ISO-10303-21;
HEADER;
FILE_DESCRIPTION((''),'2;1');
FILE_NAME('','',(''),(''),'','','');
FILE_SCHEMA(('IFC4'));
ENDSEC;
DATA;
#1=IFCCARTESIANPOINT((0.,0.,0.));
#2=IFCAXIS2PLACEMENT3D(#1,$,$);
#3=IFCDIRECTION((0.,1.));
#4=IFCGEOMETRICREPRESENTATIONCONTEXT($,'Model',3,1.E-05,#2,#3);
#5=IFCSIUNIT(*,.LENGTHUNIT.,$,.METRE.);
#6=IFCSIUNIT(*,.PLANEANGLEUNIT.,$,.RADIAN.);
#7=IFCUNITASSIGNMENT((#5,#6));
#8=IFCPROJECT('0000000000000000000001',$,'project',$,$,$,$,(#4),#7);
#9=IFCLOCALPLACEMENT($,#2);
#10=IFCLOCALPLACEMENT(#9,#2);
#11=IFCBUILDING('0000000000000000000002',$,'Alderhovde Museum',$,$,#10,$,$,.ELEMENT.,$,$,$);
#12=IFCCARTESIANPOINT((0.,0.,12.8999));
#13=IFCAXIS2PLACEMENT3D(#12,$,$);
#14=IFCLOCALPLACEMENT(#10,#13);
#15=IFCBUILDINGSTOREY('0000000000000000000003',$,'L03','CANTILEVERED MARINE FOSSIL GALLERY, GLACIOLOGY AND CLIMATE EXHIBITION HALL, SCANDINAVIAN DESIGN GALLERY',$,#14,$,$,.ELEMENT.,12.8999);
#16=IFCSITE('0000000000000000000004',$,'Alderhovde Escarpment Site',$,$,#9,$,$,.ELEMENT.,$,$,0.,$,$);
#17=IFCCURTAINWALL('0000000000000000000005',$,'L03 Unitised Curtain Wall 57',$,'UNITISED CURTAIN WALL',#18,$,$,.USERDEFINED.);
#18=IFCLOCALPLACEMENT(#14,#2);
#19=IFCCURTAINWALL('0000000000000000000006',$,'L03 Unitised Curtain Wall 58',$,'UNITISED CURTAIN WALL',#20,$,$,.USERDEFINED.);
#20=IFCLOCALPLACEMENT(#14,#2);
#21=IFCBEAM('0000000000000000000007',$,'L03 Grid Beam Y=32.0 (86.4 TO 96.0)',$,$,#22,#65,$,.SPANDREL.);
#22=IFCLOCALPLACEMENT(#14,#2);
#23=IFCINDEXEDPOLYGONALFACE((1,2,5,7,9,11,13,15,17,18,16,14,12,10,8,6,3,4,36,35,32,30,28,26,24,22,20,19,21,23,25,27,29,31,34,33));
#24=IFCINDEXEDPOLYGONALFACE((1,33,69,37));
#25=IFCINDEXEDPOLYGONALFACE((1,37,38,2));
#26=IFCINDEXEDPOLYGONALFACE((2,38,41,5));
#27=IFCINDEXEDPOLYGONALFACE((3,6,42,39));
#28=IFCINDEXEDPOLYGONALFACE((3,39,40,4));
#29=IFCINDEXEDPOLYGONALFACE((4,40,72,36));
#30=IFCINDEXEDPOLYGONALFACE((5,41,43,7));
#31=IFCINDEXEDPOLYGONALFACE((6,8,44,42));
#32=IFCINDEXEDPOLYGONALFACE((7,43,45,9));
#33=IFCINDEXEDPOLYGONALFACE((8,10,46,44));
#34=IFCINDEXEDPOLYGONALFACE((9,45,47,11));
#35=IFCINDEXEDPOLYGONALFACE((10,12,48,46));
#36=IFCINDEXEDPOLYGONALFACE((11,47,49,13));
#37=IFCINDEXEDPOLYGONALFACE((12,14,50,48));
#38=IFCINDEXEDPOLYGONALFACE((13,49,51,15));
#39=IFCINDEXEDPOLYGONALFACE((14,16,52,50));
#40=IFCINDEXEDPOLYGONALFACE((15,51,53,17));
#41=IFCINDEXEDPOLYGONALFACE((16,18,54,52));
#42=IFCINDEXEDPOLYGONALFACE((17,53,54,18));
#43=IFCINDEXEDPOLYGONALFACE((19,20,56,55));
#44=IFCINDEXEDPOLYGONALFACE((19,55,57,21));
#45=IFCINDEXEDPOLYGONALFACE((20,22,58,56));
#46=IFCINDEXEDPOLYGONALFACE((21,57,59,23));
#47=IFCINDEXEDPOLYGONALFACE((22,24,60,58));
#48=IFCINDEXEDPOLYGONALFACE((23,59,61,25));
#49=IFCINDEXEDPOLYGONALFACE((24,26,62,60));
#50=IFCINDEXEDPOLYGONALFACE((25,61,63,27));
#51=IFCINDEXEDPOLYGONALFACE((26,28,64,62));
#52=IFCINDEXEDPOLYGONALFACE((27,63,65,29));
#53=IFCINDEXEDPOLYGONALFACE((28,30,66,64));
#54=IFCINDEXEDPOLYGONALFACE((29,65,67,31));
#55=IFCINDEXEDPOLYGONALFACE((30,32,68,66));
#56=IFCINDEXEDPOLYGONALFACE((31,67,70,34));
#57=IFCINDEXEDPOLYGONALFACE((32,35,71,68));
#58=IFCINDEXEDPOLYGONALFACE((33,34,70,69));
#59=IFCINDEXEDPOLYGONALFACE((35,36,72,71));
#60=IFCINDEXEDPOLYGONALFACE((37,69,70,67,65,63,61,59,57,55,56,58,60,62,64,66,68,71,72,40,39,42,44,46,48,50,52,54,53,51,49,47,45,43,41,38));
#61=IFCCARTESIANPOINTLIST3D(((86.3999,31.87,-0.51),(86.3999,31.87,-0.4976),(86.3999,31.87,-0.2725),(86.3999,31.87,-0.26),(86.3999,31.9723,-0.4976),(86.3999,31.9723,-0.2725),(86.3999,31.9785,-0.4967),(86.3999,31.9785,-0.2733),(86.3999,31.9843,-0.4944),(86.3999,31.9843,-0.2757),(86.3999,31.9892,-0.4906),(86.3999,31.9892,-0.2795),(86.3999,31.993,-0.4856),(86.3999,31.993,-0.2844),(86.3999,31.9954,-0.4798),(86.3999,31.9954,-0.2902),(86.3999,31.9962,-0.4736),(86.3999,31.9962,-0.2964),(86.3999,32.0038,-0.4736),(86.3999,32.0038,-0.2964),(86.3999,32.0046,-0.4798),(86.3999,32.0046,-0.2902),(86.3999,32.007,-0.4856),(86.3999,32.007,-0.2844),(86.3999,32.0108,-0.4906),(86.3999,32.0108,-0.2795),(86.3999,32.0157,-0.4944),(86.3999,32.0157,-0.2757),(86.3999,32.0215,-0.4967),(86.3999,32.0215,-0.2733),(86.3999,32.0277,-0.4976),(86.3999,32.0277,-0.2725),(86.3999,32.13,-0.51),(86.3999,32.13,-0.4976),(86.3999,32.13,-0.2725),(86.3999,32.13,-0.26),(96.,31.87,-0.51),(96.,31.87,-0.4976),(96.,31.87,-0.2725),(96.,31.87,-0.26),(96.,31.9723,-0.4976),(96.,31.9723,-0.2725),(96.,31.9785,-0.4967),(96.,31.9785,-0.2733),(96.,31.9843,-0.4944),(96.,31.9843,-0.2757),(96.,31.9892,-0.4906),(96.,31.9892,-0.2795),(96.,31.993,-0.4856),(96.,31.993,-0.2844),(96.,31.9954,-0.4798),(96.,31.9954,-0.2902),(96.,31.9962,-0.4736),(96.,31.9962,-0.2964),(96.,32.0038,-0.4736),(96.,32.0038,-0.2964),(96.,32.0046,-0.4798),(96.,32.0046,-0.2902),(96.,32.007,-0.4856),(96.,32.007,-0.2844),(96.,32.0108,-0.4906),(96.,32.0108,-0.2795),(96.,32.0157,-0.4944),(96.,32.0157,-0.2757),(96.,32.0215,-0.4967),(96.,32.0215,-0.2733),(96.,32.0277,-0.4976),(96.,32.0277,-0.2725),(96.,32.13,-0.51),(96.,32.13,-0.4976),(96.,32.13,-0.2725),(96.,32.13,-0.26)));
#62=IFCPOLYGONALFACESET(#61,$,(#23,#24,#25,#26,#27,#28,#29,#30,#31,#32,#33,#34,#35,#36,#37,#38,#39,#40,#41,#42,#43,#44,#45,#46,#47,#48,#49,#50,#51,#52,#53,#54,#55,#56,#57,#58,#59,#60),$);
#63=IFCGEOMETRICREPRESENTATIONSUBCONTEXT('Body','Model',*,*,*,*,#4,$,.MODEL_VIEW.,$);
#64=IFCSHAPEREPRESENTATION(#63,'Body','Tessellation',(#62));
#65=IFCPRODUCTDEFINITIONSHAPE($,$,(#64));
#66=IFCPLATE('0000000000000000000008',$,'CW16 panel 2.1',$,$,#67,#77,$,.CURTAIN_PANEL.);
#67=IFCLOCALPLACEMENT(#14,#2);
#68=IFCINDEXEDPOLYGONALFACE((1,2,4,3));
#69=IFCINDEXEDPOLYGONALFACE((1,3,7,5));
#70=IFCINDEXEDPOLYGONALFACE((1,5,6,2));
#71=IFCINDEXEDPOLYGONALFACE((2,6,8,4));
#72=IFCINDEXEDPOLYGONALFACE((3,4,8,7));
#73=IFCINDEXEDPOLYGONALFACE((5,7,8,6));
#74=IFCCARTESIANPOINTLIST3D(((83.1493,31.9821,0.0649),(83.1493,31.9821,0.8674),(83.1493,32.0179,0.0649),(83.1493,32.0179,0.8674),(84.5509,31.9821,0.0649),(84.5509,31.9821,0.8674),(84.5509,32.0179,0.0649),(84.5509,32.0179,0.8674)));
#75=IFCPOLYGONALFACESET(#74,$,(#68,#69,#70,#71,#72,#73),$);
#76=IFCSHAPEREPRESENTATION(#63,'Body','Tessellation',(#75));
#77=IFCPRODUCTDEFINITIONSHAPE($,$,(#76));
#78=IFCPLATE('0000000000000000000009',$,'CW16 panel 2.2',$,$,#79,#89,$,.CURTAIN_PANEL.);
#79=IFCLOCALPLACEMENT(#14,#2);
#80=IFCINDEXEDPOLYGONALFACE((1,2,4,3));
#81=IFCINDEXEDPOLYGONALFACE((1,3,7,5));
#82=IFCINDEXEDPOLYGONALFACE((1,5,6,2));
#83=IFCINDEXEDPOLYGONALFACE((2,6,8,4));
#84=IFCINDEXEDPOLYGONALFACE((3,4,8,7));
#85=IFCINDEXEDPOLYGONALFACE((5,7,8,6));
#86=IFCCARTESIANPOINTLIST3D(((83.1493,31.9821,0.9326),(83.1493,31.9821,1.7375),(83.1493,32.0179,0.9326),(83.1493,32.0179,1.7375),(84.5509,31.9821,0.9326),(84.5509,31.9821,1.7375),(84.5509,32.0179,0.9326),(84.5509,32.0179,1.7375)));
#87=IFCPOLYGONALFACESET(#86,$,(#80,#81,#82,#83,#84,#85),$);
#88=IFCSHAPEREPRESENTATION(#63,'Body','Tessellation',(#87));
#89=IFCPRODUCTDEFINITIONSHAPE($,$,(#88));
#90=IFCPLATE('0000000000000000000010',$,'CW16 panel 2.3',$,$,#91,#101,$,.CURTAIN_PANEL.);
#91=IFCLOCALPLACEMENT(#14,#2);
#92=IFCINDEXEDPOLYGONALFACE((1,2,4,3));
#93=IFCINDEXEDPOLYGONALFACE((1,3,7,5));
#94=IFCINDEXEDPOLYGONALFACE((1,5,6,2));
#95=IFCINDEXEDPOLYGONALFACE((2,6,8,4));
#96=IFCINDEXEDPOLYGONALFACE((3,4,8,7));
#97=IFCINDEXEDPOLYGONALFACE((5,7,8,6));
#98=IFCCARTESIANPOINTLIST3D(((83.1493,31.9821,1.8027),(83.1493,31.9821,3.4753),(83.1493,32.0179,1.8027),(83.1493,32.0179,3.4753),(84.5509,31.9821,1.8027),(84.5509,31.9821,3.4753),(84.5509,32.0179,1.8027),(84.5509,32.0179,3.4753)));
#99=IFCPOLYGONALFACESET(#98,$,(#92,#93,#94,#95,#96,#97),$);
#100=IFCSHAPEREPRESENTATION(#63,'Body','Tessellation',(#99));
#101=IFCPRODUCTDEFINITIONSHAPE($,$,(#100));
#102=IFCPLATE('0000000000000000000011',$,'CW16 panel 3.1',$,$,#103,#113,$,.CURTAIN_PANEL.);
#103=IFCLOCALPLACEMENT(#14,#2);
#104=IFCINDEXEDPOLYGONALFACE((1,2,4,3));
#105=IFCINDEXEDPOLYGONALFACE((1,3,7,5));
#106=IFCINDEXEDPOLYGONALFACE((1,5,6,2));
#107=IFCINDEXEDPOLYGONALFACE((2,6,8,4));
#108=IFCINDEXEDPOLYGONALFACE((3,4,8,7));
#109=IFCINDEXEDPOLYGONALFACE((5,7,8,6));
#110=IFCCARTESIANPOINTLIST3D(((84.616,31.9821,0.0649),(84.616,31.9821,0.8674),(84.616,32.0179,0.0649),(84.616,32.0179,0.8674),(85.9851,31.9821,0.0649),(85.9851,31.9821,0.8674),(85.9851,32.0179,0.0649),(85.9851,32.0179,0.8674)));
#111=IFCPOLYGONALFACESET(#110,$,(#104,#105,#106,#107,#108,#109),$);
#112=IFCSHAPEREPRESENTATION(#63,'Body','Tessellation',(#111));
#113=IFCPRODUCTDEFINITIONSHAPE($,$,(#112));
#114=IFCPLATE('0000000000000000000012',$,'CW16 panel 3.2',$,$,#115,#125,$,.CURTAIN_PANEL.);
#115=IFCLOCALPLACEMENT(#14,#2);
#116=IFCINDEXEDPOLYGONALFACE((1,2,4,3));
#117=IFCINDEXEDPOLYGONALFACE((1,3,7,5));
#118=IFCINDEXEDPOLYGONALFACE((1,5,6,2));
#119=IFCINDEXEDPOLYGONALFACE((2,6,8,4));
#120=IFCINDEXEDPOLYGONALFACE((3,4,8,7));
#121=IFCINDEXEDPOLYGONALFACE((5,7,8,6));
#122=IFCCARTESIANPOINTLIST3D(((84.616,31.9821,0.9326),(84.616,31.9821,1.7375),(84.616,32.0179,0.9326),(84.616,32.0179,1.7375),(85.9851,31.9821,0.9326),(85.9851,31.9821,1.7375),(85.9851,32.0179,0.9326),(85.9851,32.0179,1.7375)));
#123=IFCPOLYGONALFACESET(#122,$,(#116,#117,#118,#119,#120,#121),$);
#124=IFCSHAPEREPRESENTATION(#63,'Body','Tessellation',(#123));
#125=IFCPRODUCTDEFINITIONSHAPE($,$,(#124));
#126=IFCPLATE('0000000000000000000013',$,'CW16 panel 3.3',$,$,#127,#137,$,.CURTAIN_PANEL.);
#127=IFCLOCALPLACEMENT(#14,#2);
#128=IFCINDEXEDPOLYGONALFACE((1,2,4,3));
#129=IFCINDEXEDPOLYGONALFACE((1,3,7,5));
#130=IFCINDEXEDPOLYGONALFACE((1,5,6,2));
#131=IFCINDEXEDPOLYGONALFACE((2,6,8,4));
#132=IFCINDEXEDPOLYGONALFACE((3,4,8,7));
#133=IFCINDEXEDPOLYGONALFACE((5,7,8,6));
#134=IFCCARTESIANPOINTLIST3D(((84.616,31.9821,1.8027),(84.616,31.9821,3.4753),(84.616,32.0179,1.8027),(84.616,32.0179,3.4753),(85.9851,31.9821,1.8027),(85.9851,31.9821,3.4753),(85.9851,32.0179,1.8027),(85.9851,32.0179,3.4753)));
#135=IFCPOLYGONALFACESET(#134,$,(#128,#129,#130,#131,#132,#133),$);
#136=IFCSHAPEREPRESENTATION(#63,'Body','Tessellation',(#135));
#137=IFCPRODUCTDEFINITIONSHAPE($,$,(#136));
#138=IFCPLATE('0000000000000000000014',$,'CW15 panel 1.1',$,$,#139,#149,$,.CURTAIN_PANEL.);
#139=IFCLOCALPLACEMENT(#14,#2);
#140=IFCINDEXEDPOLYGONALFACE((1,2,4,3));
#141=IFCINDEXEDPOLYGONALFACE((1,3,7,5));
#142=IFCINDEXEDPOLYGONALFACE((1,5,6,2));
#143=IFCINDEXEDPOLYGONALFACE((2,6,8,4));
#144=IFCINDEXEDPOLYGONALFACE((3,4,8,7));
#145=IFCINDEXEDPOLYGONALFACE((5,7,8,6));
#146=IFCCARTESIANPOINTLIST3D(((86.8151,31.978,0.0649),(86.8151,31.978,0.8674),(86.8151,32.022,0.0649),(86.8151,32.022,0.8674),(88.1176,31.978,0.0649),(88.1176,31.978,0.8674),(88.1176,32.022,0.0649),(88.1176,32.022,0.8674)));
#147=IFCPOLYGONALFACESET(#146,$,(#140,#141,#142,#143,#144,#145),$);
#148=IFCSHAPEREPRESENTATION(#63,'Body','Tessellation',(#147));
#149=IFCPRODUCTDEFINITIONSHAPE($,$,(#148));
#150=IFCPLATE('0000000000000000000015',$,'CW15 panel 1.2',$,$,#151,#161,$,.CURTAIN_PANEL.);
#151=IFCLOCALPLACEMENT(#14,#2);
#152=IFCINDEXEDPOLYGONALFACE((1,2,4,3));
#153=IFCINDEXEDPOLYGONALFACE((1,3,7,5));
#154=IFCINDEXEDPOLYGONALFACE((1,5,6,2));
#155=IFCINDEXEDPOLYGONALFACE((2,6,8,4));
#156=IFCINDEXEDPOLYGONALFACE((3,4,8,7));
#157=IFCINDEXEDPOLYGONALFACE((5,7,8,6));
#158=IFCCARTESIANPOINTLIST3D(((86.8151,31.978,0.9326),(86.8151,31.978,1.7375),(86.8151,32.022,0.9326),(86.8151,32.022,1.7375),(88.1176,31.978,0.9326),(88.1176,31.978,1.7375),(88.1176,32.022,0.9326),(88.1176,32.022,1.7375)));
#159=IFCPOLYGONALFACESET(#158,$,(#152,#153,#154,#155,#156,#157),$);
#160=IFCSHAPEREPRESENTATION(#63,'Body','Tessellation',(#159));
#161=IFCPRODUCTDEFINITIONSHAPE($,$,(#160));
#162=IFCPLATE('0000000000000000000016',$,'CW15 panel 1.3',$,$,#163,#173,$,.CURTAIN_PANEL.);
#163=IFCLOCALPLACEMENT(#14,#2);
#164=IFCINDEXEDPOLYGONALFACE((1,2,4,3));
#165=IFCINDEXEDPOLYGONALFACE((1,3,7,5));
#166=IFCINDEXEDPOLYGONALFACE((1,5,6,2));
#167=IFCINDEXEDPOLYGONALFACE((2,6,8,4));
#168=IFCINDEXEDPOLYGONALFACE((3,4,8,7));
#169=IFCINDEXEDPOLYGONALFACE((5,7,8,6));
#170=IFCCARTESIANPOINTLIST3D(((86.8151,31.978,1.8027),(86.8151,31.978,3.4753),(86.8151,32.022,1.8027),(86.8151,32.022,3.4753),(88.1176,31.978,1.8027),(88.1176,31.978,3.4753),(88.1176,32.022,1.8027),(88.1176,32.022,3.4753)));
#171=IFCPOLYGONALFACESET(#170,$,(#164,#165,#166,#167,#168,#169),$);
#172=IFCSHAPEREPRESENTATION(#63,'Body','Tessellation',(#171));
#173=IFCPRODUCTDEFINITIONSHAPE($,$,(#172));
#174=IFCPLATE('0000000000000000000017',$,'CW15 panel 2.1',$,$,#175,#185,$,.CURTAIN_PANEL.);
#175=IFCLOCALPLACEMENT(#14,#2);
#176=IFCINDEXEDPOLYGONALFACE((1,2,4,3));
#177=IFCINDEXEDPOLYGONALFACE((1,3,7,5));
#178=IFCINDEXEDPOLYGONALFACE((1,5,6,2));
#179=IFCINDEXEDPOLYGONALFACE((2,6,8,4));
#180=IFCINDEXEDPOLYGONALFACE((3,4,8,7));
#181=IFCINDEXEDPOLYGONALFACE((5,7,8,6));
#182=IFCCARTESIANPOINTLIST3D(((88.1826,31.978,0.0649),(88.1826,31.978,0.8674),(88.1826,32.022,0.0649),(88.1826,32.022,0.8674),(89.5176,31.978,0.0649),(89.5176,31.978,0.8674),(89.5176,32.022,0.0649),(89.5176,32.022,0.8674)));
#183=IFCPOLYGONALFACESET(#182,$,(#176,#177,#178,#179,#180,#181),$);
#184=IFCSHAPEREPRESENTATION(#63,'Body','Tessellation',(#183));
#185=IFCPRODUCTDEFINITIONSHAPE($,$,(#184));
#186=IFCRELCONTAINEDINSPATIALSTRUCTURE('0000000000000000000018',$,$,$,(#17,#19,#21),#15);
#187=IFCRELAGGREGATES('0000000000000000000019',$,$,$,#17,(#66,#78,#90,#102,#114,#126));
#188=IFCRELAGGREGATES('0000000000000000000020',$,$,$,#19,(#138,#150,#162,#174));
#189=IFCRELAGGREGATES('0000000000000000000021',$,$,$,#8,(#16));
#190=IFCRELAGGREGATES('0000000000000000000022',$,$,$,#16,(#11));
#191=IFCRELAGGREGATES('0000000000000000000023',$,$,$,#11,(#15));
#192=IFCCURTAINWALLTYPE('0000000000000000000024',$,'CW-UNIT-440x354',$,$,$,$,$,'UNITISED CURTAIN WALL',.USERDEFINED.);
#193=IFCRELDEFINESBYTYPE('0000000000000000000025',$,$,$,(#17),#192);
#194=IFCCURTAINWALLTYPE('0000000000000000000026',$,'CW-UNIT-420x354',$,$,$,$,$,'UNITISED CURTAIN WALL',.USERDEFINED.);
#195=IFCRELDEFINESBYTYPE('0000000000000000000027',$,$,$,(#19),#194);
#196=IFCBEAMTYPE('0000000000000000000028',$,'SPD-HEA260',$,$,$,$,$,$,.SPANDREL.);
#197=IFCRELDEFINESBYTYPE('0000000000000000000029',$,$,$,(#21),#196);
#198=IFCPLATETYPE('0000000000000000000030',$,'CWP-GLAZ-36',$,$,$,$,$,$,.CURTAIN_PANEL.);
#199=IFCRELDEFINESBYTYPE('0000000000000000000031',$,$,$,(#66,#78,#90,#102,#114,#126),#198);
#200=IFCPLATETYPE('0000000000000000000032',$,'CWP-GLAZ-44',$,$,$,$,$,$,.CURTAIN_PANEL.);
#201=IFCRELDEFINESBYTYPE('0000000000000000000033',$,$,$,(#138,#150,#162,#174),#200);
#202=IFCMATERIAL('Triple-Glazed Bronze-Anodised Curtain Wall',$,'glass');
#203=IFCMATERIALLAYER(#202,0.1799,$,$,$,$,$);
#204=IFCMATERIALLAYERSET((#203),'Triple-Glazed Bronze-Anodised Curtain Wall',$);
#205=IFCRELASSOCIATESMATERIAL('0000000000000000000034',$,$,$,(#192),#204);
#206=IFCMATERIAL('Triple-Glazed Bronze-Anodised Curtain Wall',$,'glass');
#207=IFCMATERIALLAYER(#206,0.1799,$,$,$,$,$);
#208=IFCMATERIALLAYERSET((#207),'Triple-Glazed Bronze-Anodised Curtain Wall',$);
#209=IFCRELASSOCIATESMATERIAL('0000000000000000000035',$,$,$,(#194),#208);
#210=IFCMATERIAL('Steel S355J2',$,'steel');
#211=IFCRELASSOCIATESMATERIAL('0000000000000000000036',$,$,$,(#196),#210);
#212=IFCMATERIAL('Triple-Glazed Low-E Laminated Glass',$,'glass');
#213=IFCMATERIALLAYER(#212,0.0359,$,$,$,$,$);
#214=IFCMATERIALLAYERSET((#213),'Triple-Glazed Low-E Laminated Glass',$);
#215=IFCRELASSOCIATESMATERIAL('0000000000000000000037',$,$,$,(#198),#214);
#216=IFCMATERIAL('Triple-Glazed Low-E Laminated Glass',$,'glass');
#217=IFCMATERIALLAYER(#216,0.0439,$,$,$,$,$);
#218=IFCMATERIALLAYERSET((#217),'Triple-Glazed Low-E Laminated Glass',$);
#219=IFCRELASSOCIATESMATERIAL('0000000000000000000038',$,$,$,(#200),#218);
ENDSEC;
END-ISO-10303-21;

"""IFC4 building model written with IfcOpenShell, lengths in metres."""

from ifc_helpers import new_model, si_unit, direction, frame, origin, origin_2d, place, context, subcontext, project, spatial, rectangle, i_section, extrude, material, layer, layer_set, material_profile, profile_set, type_object, element, aggregate, save


model = new_model("IFC4")

# Units and contexts
model_context = context("Model", 3, precision=1e-05, world=origin(), true_north=direction((0.0, 1.0)))
body_context = subcontext(model_context, "Body", "Model", "MODEL_VIEW")
ifc_project = project(units=[si_unit("LENGTHUNIT", "METRE"), si_unit("PLANEANGLEUNIT", "RADIAN")], contexts=[model_context])

# Site, building, storey
site_placement = place(None, origin())
site = spatial("IfcSite", under=ifc_project, at=site_placement, Name="Alderhovde Escarpment Site", CompositionType="ELEMENT", RefElevation=0.0)
building_placement = place(site_placement, origin())
building = spatial("IfcBuilding", under=site, at=building_placement, Name="Alderhovde Museum", CompositionType="ELEMENT")
storey_placement = place(building_placement, frame((0.0, 0.0, 12.8999)))
storey = spatial("IfcBuildingStorey", under=building, at=storey_placement, Name="L03", Description="CANTILEVERED MARINE FOSSIL GALLERY, GLACIOLOGY AND CLIMATE EXHIBITION HALL, SCANDINAVIAN DESIGN GALLERY", CompositionType="ELEMENT", Elevation=12.8999)

# Curtain walls
ifc_material_1 = material(Name="Triple-Glazed Bronze-Anodised Curtain Wall", Category="glass")
ifc_layer_1 = layer(ifc_material_1, 0.1799)
ifc_layer_set_1 = layer_set([ifc_layer_1], Name="Triple-Glazed Bronze-Anodised Curtain Wall")
curtain_wall_type_1 = type_object("IfcCurtainWallType", Name="CW-UNIT-440x354", ElementType="UNITISED CURTAIN WALL", PredefinedType="USERDEFINED", material=ifc_layer_set_1)
curtain_wall_1_placement = place(storey_placement, origin())
curtain_wall_1 = element("IfcCurtainWall", 1, at=curtain_wall_1_placement, inside=storey, type_object=curtain_wall_type_1, Name="L03 Unitised Curtain Wall 57", ObjectType="UNITISED CURTAIN WALL", PredefinedType="USERDEFINED")
ifc_material_2 = material(Name="Triple-Glazed Bronze-Anodised Curtain Wall", Category="glass")
ifc_layer_2 = layer(ifc_material_2, 0.1799)
ifc_layer_set_2 = layer_set([ifc_layer_2], Name="Triple-Glazed Bronze-Anodised Curtain Wall")
curtain_wall_type_2 = type_object("IfcCurtainWallType", Name="CW-UNIT-420x354", ElementType="UNITISED CURTAIN WALL", PredefinedType="USERDEFINED", material=ifc_layer_set_2)
curtain_wall_2_placement = place(storey_placement, origin())
curtain_wall_2 = element("IfcCurtainWall", 2, at=curtain_wall_2_placement, inside=storey, type_object=curtain_wall_type_2, Name="L03 Unitised Curtain Wall 58", ObjectType="UNITISED CURTAIN WALL", PredefinedType="USERDEFINED")

# Beam
ifc_material_3 = material(Name="Steel S355J2", Category="steel")
ifc_material_profile_1 = material_profile(ifc_material_3, i_section(OverallWidth=0.26, OverallDepth=0.25, WebThickness=0.0076, FlangeThickness=0.0125, FilletRadius=0.0239, at=origin_2d()), Name="HEA 260")
ifc_profile_set_1 = profile_set([ifc_material_profile_1], Name="Steel S355J2")
beam_type_1 = type_object("IfcBeamType", Name="SPD-HEA260", PredefinedType="SPANDREL", material=ifc_profile_set_1)
beam_1_placement = place(storey_placement, frame((86.3999, 32.0, -0.385), z_axis=(1.0, 0.0, 0.0), x_axis=(0.0, 1.0, 0.0)))
element("IfcBeam", 3, at=beam_1_placement, inside=storey, type_object=beam_type_1, Name="L03 Grid Beam Y=32.0 (86.4 TO 96.0)", PredefinedType="SPANDREL", context=body_context, shape_type="SweptSolid", body=[
    extrude(i_section(OverallWidth=0.26, OverallDepth=0.25, WebThickness=0.0076, FlangeThickness=0.0125, FilletRadius=0.0239, at=origin_2d()), origin(), (0.0, 0.0, 1.0), 9.6001),
])

# Plates
ifc_material_4 = material(Name="Triple-Glazed Low-E Laminated Glass", Category="glass")
ifc_layer_3 = layer(ifc_material_4, 0.0359)
ifc_layer_set_3 = layer_set([ifc_layer_3], Name="Triple-Glazed Low-E Laminated Glass")
plate_type_1 = type_object("IfcPlateType", Name="CWP-GLAZ-36", PredefinedType="CURTAIN_PANEL", material=ifc_layer_set_3)
plate_1_placement = place(storey_placement, frame((83.8501, 32.0, 0.0649), z_axis=(0.0, 0.0, 1.0), x_axis=(1.0, 0.0, 0.0)))
plate_1 = element("IfcPlate", 4, at=plate_1_placement, type_object=plate_type_1, Name="CW16 panel 2.1", PredefinedType="CURTAIN_PANEL", context=body_context, shape_type="SweptSolid", body=[
    extrude(rectangle(XDim=1.4016, YDim=0.0359, at=origin_2d()), origin(), (0.0, 0.0, 1.0), 0.8025),
])
plate_2_placement = place(storey_placement, frame((83.8501, 32.0, 0.9326), z_axis=(0.0, 0.0, 1.0), x_axis=(1.0, 0.0, 0.0)))
plate_2 = element("IfcPlate", 5, at=plate_2_placement, type_object=plate_type_1, Name="CW16 panel 2.2", PredefinedType="CURTAIN_PANEL", context=body_context, shape_type="SweptSolid", body=[
    extrude(rectangle(XDim=1.4016, YDim=0.0359, at=origin_2d()), origin(), (0.0, 0.0, 1.0), 0.8049),
])
plate_3_placement = place(storey_placement, frame((83.8501, 32.0, 1.8027), z_axis=(0.0, 0.0, 1.0), x_axis=(1.0, 0.0, 0.0)))
plate_3 = element("IfcPlate", 6, at=plate_3_placement, type_object=plate_type_1, Name="CW16 panel 2.3", PredefinedType="CURTAIN_PANEL", context=body_context, shape_type="SweptSolid", body=[
    extrude(rectangle(XDim=1.4016, YDim=0.0359, at=origin_2d()), origin(), (0.0, 0.0, 1.0), 1.6726),
])
plate_4_placement = place(storey_placement, frame((85.3005, 32.0, 0.0649), z_axis=(0.0, 0.0, 1.0), x_axis=(1.0, 0.0, 0.0)))
plate_4 = element("IfcPlate", 7, at=plate_4_placement, type_object=plate_type_1, Name="CW16 panel 3.1", PredefinedType="CURTAIN_PANEL", context=body_context, shape_type="SweptSolid", body=[
    extrude(rectangle(XDim=1.3691, YDim=0.0359, at=origin_2d()), origin(), (0.0, 0.0, 1.0), 0.8025),
])
plate_5_placement = place(storey_placement, frame((85.3005, 32.0, 0.9326), z_axis=(0.0, 0.0, 1.0), x_axis=(1.0, 0.0, 0.0)))
plate_5 = element("IfcPlate", 8, at=plate_5_placement, type_object=plate_type_1, Name="CW16 panel 3.2", PredefinedType="CURTAIN_PANEL", context=body_context, shape_type="SweptSolid", body=[
    extrude(rectangle(XDim=1.3691, YDim=0.0359, at=origin_2d()), origin(), (0.0, 0.0, 1.0), 0.8049),
])
plate_6_placement = place(storey_placement, frame((85.3005, 32.0, 1.8027), z_axis=(0.0, 0.0, 1.0), x_axis=(1.0, 0.0, 0.0)))
plate_6 = element("IfcPlate", 9, at=plate_6_placement, type_object=plate_type_1, Name="CW16 panel 3.3", PredefinedType="CURTAIN_PANEL", context=body_context, shape_type="SweptSolid", body=[
    extrude(rectangle(XDim=1.3691, YDim=0.0359, at=origin_2d()), origin(), (0.0, 0.0, 1.0), 1.6726),
])
aggregate(curtain_wall_1, [plate_1, plate_2, plate_3, plate_4, plate_5, plate_6])
ifc_material_5 = material(Name="Triple-Glazed Low-E Laminated Glass", Category="glass")
ifc_layer_4 = layer(ifc_material_5, 0.0439)
ifc_layer_set_4 = layer_set([ifc_layer_4], Name="Triple-Glazed Low-E Laminated Glass")
plate_type_2 = type_object("IfcPlateType", Name="CWP-GLAZ-44", PredefinedType="CURTAIN_PANEL", material=ifc_layer_set_4)
plate_7_placement = place(storey_placement, frame((87.4663, 32.0, 0.0649), z_axis=(0.0, 0.0, 1.0), x_axis=(1.0, 0.0, 0.0)))
plate_7 = element("IfcPlate", 10, at=plate_7_placement, type_object=plate_type_2, Name="CW15 panel 1.1", PredefinedType="CURTAIN_PANEL", context=body_context, shape_type="SweptSolid", body=[
    extrude(rectangle(XDim=1.3025, YDim=0.0439, at=origin_2d()), origin(), (0.0, 0.0, 1.0), 0.8025),
])
plate_8_placement = place(storey_placement, frame((87.4663, 32.0, 0.9326), z_axis=(0.0, 0.0, 1.0), x_axis=(1.0, 0.0, 0.0)))
plate_8 = element("IfcPlate", 11, at=plate_8_placement, type_object=plate_type_2, Name="CW15 panel 1.2", PredefinedType="CURTAIN_PANEL", context=body_context, shape_type="SweptSolid", body=[
    extrude(rectangle(XDim=1.3025, YDim=0.0439, at=origin_2d()), origin(), (0.0, 0.0, 1.0), 0.8049),
])
plate_9_placement = place(storey_placement, frame((87.4663, 32.0, 1.8027), z_axis=(0.0, 0.0, 1.0), x_axis=(1.0, 0.0, 0.0)))
plate_9 = element("IfcPlate", 12, at=plate_9_placement, type_object=plate_type_2, Name="CW15 panel 1.3", PredefinedType="CURTAIN_PANEL", context=body_context, shape_type="SweptSolid", body=[
    extrude(rectangle(XDim=1.3025, YDim=0.0439, at=origin_2d()), origin(), (0.0, 0.0, 1.0), 1.6726),
])
plate_10_placement = place(storey_placement, frame((88.8501, 32.0, 0.0649), z_axis=(0.0, 0.0, 1.0), x_axis=(1.0, 0.0, 0.0)))
plate_10 = element("IfcPlate", 13, at=plate_10_placement, type_object=plate_type_2, Name="CW15 panel 2.1", PredefinedType="CURTAIN_PANEL", context=body_context, shape_type="SweptSolid", body=[
    extrude(rectangle(XDim=1.335, YDim=0.0439, at=origin_2d()), origin(), (0.0, 0.0, 1.0), 0.8025),
])
aggregate(curtain_wall_2, [plate_7, plate_8, plate_9, plate_10])

save(model, "model.ifc")
